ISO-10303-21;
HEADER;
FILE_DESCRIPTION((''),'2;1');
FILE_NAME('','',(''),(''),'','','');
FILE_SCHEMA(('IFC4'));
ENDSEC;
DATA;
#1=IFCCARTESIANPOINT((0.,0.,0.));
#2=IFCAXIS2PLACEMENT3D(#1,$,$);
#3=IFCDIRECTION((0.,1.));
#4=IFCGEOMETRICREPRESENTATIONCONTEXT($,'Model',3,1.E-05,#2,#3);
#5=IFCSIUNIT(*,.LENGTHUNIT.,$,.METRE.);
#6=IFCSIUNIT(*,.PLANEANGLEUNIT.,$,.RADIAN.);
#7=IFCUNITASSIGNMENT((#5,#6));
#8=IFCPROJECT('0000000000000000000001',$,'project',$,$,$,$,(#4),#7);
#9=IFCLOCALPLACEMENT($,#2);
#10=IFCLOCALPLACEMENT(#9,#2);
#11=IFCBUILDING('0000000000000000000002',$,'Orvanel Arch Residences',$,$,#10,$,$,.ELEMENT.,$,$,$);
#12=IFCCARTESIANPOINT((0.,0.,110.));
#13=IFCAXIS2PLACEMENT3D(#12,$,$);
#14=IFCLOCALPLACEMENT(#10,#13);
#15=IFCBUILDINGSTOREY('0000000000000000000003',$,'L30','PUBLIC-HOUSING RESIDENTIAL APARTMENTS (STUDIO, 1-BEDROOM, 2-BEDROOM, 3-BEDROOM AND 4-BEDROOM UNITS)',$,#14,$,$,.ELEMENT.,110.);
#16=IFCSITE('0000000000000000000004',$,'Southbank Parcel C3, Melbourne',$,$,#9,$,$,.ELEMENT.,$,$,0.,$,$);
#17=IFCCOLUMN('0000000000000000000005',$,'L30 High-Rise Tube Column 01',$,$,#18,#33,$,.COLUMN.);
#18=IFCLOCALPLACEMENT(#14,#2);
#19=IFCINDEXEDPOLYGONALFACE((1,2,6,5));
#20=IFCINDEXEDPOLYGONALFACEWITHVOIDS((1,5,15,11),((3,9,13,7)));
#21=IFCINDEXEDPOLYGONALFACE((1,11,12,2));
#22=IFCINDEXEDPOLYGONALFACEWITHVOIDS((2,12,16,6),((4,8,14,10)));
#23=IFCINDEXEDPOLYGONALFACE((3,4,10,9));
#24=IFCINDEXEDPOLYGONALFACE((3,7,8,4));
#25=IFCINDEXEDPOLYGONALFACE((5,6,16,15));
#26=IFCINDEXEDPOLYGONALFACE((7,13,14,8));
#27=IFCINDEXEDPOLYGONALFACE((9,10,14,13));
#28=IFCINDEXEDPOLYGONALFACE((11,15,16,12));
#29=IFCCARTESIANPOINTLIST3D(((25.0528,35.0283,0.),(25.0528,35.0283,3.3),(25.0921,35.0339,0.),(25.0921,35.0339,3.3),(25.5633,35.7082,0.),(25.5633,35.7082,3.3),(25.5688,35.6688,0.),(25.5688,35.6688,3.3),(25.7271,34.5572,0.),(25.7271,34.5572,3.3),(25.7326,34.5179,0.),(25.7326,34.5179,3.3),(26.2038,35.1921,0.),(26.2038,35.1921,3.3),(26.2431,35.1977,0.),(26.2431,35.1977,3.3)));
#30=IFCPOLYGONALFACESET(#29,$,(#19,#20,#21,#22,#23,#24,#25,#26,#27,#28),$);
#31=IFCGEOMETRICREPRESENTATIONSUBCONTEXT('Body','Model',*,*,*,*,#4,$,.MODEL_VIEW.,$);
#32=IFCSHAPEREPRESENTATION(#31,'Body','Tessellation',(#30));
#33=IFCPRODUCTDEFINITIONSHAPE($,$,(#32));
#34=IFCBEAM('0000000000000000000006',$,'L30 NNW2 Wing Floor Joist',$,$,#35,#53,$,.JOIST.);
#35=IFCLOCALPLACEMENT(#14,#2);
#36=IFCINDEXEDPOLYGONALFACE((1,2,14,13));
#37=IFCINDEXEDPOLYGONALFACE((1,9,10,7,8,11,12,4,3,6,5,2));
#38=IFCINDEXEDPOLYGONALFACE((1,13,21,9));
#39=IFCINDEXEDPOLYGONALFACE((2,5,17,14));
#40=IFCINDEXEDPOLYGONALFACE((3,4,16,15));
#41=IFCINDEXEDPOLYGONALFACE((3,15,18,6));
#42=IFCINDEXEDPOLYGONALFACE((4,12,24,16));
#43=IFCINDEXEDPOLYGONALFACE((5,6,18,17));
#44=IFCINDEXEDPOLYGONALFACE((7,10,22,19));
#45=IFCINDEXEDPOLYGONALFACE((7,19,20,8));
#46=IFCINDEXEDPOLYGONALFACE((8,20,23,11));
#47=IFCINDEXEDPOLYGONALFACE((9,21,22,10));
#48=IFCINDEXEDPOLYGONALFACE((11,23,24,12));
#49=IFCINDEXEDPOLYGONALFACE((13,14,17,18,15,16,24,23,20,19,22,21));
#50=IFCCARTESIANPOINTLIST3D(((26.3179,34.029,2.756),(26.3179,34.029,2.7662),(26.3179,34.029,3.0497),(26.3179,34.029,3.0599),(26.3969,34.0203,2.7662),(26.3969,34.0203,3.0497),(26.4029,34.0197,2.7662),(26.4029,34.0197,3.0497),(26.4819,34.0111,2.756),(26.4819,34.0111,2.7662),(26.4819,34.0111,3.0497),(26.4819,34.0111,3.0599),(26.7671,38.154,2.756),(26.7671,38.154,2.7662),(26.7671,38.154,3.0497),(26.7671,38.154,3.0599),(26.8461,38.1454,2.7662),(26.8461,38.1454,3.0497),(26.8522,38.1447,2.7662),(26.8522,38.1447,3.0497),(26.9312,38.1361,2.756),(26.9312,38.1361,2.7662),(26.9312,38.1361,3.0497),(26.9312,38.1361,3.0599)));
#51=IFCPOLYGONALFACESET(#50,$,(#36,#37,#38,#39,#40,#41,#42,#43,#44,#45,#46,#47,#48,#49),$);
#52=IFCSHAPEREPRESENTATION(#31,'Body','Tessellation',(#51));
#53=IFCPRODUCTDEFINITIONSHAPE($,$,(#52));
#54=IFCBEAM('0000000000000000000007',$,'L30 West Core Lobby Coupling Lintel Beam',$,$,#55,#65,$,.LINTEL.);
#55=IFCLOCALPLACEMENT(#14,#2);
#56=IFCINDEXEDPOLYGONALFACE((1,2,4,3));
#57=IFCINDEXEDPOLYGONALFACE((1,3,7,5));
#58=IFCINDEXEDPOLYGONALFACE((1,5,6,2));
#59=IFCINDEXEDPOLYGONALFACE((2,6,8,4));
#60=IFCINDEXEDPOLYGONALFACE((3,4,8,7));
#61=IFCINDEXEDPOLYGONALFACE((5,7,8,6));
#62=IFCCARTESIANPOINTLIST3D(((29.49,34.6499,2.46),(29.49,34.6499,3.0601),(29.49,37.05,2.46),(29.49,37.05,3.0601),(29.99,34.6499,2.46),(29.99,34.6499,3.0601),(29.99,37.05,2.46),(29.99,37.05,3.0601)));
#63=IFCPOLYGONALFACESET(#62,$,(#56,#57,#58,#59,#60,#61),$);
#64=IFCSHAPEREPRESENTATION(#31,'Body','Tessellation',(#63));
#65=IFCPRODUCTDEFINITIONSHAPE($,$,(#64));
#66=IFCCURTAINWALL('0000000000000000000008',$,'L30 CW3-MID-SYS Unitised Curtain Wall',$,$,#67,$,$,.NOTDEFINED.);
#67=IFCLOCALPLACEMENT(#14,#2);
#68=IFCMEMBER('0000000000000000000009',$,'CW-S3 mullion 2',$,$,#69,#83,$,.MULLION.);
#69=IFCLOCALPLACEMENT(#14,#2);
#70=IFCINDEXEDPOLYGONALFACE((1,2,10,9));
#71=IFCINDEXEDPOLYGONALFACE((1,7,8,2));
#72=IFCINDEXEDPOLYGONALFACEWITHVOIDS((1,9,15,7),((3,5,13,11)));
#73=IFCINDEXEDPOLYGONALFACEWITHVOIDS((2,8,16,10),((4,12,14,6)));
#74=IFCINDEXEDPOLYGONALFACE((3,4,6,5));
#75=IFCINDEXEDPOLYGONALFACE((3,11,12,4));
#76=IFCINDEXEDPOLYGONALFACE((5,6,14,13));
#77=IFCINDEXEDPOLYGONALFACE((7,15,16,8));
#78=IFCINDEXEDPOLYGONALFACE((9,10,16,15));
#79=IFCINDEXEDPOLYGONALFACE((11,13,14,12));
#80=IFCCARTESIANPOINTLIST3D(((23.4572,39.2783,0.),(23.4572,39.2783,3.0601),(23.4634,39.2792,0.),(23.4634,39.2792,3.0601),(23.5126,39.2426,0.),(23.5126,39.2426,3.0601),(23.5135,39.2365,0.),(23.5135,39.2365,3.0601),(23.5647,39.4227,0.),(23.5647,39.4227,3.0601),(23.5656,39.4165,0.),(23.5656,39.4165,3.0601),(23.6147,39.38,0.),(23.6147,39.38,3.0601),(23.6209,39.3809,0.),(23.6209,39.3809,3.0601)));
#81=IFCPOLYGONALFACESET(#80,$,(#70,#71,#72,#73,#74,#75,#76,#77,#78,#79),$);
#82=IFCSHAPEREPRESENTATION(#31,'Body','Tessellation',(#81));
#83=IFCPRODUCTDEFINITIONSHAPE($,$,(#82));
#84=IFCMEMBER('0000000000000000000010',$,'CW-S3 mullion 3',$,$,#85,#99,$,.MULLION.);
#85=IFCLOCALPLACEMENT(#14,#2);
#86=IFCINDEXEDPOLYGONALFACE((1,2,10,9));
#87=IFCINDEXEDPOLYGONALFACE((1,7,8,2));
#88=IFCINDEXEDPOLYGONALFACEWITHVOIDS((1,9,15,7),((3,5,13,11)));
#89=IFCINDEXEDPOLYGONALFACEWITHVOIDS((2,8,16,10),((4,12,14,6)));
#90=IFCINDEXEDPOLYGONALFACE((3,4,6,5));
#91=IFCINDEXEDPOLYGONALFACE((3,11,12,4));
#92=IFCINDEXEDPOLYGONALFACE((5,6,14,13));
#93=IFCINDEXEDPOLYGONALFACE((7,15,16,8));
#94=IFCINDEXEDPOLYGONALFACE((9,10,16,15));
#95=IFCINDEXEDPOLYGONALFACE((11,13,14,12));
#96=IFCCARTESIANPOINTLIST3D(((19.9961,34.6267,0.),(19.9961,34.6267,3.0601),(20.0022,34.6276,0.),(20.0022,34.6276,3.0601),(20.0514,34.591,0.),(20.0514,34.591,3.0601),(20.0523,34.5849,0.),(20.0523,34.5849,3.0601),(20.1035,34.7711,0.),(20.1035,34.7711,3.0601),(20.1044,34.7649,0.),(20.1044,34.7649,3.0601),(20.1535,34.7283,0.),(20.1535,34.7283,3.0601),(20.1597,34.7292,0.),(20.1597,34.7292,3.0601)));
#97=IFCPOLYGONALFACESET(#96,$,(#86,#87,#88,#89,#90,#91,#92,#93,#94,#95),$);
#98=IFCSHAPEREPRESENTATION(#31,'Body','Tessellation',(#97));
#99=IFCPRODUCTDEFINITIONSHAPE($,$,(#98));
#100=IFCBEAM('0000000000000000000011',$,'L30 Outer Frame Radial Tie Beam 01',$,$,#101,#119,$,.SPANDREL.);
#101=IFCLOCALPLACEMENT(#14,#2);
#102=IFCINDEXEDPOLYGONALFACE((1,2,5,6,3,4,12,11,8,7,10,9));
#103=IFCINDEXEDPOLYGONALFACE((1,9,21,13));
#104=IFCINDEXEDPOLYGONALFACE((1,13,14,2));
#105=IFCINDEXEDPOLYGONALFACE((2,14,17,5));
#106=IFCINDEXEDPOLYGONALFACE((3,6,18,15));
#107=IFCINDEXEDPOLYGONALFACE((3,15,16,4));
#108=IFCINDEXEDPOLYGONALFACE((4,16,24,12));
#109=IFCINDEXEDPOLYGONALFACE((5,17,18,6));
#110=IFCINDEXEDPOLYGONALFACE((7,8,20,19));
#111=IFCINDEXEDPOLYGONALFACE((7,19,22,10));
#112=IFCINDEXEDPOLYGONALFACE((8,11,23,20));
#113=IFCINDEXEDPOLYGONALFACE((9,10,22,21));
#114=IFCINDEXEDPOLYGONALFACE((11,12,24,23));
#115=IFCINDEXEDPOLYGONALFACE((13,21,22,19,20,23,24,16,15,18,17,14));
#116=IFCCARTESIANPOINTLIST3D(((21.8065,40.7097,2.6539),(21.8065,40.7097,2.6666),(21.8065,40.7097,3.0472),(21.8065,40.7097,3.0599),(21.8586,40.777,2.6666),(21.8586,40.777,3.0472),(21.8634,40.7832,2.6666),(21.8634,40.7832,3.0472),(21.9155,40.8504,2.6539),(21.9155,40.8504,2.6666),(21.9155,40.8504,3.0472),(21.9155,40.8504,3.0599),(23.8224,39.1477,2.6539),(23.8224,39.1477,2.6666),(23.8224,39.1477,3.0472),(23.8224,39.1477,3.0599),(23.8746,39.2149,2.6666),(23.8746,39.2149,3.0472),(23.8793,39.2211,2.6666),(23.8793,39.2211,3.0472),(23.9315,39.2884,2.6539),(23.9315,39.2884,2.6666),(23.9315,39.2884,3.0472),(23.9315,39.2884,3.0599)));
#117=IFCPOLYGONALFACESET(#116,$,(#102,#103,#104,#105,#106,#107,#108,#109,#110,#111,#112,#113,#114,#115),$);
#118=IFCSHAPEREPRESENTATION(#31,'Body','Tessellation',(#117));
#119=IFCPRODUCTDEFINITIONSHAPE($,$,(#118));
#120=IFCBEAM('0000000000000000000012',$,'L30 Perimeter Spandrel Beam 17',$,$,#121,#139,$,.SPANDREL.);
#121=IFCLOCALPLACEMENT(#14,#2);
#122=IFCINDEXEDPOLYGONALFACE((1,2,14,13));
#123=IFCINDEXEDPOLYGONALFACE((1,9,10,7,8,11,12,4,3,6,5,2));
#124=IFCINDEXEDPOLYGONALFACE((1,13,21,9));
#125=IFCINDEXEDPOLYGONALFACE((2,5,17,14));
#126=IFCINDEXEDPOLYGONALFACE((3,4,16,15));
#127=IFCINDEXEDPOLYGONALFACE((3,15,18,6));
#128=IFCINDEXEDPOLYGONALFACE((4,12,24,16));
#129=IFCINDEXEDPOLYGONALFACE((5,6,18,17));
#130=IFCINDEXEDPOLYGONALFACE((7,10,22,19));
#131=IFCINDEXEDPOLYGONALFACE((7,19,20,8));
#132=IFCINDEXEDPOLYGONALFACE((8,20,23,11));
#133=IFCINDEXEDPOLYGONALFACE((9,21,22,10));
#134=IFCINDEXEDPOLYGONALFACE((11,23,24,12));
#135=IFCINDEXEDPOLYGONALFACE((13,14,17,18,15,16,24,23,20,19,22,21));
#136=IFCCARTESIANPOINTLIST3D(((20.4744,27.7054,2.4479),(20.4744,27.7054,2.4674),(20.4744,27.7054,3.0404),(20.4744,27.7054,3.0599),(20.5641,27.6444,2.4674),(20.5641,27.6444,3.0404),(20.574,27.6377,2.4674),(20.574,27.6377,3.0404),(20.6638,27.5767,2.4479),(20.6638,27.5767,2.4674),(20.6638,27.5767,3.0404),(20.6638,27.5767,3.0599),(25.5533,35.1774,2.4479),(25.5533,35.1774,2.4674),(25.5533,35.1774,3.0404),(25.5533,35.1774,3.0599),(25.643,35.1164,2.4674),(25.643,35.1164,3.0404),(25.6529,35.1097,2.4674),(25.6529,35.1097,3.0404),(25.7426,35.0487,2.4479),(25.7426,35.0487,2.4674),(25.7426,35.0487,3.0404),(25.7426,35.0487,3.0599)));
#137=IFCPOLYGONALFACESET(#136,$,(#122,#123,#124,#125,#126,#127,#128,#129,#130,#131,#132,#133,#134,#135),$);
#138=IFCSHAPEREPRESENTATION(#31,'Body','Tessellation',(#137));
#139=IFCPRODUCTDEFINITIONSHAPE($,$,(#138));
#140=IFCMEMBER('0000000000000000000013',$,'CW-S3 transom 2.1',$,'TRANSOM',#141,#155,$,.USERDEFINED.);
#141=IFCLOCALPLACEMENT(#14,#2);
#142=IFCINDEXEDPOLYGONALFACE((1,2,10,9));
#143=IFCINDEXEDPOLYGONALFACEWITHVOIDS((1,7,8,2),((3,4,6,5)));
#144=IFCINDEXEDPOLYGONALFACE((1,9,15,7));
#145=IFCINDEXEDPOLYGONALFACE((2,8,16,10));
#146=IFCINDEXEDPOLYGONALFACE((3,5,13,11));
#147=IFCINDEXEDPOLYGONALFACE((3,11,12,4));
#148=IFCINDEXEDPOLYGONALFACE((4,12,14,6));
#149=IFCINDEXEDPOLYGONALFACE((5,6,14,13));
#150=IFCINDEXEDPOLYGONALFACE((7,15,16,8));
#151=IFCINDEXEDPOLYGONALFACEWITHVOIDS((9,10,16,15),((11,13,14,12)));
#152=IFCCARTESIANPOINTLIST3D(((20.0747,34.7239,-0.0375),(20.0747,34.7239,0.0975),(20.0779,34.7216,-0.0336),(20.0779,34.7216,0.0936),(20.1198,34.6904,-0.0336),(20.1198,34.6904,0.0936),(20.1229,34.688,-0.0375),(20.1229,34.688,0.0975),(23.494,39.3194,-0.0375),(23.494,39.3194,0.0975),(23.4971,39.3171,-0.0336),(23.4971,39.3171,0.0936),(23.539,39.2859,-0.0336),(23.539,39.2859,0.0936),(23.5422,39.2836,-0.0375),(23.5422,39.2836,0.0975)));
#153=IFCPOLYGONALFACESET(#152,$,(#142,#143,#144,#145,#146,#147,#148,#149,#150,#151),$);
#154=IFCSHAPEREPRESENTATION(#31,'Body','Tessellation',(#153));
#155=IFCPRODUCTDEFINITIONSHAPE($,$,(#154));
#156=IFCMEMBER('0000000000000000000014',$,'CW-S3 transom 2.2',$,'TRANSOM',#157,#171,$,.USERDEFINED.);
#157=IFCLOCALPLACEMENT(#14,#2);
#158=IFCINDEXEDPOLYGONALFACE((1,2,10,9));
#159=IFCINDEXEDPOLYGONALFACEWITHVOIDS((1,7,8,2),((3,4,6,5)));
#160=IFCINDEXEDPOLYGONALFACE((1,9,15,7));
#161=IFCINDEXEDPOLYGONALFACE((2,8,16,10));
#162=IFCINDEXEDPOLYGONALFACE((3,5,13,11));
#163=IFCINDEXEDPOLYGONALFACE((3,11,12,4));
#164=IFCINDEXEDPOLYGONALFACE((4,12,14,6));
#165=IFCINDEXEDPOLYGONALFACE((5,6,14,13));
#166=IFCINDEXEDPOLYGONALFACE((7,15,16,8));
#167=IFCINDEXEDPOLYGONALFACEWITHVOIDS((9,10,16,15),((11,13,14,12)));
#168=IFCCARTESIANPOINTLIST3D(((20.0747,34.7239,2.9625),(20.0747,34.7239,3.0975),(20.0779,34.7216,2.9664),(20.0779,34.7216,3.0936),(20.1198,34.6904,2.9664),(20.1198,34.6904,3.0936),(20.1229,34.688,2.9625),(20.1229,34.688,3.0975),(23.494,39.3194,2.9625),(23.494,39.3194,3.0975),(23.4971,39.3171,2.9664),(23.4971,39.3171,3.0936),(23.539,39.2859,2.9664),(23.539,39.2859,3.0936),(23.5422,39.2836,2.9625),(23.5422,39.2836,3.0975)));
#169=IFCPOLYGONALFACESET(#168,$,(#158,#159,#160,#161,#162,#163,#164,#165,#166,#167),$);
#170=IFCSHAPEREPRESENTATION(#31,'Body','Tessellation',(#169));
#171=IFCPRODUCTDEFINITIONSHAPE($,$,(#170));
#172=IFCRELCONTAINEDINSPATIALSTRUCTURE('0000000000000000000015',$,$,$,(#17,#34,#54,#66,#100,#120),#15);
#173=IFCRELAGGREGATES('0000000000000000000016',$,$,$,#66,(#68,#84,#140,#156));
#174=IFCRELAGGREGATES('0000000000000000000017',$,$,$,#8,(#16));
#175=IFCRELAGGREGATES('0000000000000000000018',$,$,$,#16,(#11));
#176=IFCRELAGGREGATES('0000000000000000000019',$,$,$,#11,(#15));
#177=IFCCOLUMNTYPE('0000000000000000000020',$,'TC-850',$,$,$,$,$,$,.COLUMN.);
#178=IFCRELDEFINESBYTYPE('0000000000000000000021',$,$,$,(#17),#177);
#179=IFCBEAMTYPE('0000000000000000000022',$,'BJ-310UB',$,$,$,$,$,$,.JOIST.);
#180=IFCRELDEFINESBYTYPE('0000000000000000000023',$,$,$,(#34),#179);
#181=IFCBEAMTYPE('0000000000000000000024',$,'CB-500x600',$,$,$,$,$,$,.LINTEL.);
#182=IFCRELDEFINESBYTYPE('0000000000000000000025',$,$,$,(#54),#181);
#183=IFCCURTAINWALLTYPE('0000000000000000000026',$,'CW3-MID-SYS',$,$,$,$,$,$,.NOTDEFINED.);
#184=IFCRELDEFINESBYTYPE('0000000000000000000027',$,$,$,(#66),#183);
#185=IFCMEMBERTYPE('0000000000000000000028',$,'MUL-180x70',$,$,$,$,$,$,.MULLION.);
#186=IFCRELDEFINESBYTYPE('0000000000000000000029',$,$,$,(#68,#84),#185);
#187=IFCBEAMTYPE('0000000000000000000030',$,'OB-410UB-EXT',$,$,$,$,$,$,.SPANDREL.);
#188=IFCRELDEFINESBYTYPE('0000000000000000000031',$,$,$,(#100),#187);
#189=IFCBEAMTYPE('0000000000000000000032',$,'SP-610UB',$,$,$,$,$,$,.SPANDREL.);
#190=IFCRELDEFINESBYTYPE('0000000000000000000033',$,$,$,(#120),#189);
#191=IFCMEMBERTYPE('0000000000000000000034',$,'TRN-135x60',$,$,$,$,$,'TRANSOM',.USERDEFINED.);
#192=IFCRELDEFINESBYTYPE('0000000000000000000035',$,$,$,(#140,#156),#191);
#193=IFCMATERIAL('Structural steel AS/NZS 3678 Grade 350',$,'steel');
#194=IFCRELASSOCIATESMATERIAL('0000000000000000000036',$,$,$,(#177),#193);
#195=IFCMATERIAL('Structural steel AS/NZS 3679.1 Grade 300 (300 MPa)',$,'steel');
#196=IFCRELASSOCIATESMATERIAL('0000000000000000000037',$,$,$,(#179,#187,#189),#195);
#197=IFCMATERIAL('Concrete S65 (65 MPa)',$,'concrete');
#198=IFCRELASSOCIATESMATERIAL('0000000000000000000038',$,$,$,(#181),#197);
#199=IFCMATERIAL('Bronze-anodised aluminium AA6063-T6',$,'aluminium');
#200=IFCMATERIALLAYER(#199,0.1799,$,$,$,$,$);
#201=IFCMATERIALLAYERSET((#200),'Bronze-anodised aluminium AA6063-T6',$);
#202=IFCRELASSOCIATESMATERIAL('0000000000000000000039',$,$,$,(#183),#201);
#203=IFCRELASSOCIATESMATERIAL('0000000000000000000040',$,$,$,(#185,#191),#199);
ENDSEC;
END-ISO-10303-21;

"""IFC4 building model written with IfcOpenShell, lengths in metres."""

from ifc_helpers import new_model, si_unit, direction, frame, origin, origin_2d, place, context, subcontext, project, spatial, rectangle, hollow_rectangle, i_section, extrude, material, layer, layer_set, material_profile, profile_set, type_object, element, aggregate, save


model = new_model("IFC4")

# Units and contexts
model_context = context("Model", 3, precision=1e-05, world=origin(), true_north=direction((0.0, 1.0)))
body_context = subcontext(model_context, "Body", "Model", "MODEL_VIEW")
ifc_project = project(units=[si_unit("LENGTHUNIT", "METRE"), si_unit("PLANEANGLEUNIT", "RADIAN")], contexts=[model_context])

# Site, building, storey
site_placement = place(None, origin())
site = spatial("IfcSite", under=ifc_project, at=site_placement, Name="Southbank Parcel C3, Melbourne", CompositionType="ELEMENT", RefElevation=0.0)
building_placement = place(site_placement, origin())
building = spatial("IfcBuilding", under=site, at=building_placement, Name="Orvanel Arch Residences", CompositionType="ELEMENT")
storey_placement = place(building_placement, frame((0.0, 0.0, 110.0)))
storey = spatial("IfcBuildingStorey", under=building, at=storey_placement, Name="L30", Description="PUBLIC-HOUSING RESIDENTIAL APARTMENTS (STUDIO, 1-BEDROOM, 2-BEDROOM, 3-BEDROOM AND 4-BEDROOM UNITS)", CompositionType="ELEMENT", Elevation=110.0)

# Column
ifc_material_1 = material(Name="Structural steel AS/NZS 3678 Grade 350", Category="steel")
ifc_material_profile_1 = material_profile(ifc_material_1, hollow_rectangle(XDim=0.8501, YDim=0.8501, WallThickness=0.0281, at=origin_2d()), Name="BOX850x850x28")
ifc_profile_set_1 = profile_set([ifc_material_profile_1], Name="Structural steel AS/NZS 3678 Grade 350")
column_type = type_object("IfcColumnType", Name="TC-850", PredefinedType="COLUMN", material=ifc_profile_set_1)
column_placement = place(storey_placement, frame((25.6479, 35.113, 0.0), z_axis=(0.0, 0.0, 1.0), x_axis=(0.60042, 0.799685, 0.0)))
element("IfcColumn", 1, at=column_placement, inside=storey, type_object=column_type, Name="L30 High-Rise Tube Column 01", PredefinedType="COLUMN", context=body_context, shape_type="SweptSolid", body=[
    extrude(hollow_rectangle(XDim=0.8501, YDim=0.8501, WallThickness=0.0281, at=origin_2d()), origin(), (0.0, 0.0, 1.0), 3.3),
])

# Beams
ifc_material_2 = material(Name="Structural steel AS/NZS 3679.1 Grade 300 (300 MPa)", Category="steel")
ifc_material_profile_2 = material_profile(ifc_material_2, i_section(OverallWidth=0.165, OverallDepth=0.304, WebThickness=0.0061, FlangeThickness=0.0103, at=origin_2d()), Name="310UB40.4")
ifc_profile_set_2 = profile_set([ifc_material_profile_2], Name="Structural steel AS/NZS 3679.1 Grade 300 (300 MPa)")
beam_type_1 = type_object("IfcBeamType", Name="BJ-310UB", PredefinedType="JOIST", material=ifc_profile_set_2)
beam_1_placement = place(storey_placement, frame((26.3999, 34.02, 2.908), z_axis=(0.108261, 0.994122, 0.0), x_axis=(-0.994122, 0.108261, 0.0)))
element("IfcBeam", 2, at=beam_1_placement, inside=storey, type_object=beam_type_1, Name="L30 NNW2 Wing Floor Joist", PredefinedType="JOIST", context=body_context, shape_type="SweptSolid", body=[
    extrude(i_section(OverallWidth=0.165, OverallDepth=0.304, WebThickness=0.0061, FlangeThickness=0.0103, at=origin_2d()), origin(), (0.0, 0.0, 1.0), 4.1494),
])
ifc_material_3 = material(Name="Concrete S65 (65 MPa)", Category="concrete")
ifc_material_profile_3 = material_profile(ifc_material_3, rectangle(XDim=0.5, YDim=0.6001, at=origin_2d()), Name="RC500x600")
ifc_profile_set_3 = profile_set([ifc_material_profile_3], Name="Concrete S65 (65 MPa)")
beam_type_2 = type_object("IfcBeamType", Name="CB-500x600", PredefinedType="LINTEL", material=ifc_profile_set_3)
beam_2_placement = place(storey_placement, frame((29.74, 34.6499, 2.76), z_axis=(0.0, 1.0, 0.0), x_axis=(-1.0, 0.0, 0.0)))
element("IfcBeam", 3, at=beam_2_placement, inside=storey, type_object=beam_type_2, Name="L30 West Core Lobby Coupling Lintel Beam", PredefinedType="LINTEL", context=body_context, shape_type="SweptSolid", body=[
    extrude(rectangle(XDim=0.5, YDim=0.6001, at=origin_2d()), origin(), (0.0, 0.0, 1.0), 2.4001),
])

# Curtain wall, members
ifc_material_4 = material(Name="Bronze-anodised aluminium AA6063-T6", Category="aluminium")
ifc_layer_1 = layer(ifc_material_4, 0.1799)
ifc_layer_set_1 = layer_set([ifc_layer_1], Name="Bronze-anodised aluminium AA6063-T6")
curtain_wall_type = type_object("IfcCurtainWallType", Name="CW3-MID-SYS", PredefinedType="NOTDEFINED", material=ifc_layer_set_1)
curtain_wall_placement = place(storey_placement, origin())
curtain_wall = element("IfcCurtainWall", 4, at=curtain_wall_placement, inside=storey, type_object=curtain_wall_type, Name="L30 CW3-MID-SYS Unitised Curtain Wall", PredefinedType="NOTDEFINED")
ifc_material_profile_4 = material_profile(ifc_material_4, hollow_rectangle(XDim=0.0701, YDim=0.1799, WallThickness=0.0044, at=origin_2d()), Name="ALU180x70x4.5")
ifc_profile_set_4 = profile_set([ifc_material_profile_4], Name="Bronze-anodised aluminium AA6063-T6")
member_type_1 = type_object("IfcMemberType", Name="MUL-180x70", PredefinedType="MULLION", material=ifc_profile_set_4)
member_1_placement = place(storey_placement, frame((23.5391, 39.3296, 0.0), z_axis=(0.0, 0.0, 1.0), x_axis=(0.802268, -0.596965, 0.0)))
member_1 = element("IfcMember", 5, at=member_1_placement, type_object=member_type_1, Name="CW-S3 mullion 2", PredefinedType="MULLION", context=body_context, shape_type="SweptSolid", body=[
    extrude(hollow_rectangle(XDim=0.0701, YDim=0.1799, WallThickness=0.0044, at=origin_2d()), origin(), (0.0, 0.0, 1.0), 3.0601),
])
member_2_placement = place(storey_placement, frame((20.0779, 34.678, 0.0), z_axis=(0.0, 0.0, 1.0), x_axis=(0.802268, -0.596965, 0.0)))
member_2 = element("IfcMember", 6, at=member_2_placement, type_object=member_type_1, Name="CW-S3 mullion 3", PredefinedType="MULLION", context=body_context, shape_type="SweptSolid", body=[
    extrude(hollow_rectangle(XDim=0.0701, YDim=0.1799, WallThickness=0.0044, at=origin_2d()), origin(), (0.0, 0.0, 1.0), 3.0601),
])

# Beams
ifc_material_profile_5 = material_profile(ifc_material_2, i_section(OverallWidth=0.178, OverallDepth=0.406, WebThickness=0.0078, FlangeThickness=0.0127, at=origin_2d()), Name="410UB59.7")
ifc_profile_set_5 = profile_set([ifc_material_profile_5], Name="Structural steel AS/NZS 3679.1 Grade 300 (300 MPa)")
beam_type_3 = type_object("IfcBeamType", Name="OB-410UB-EXT", PredefinedType="SPANDREL", material=ifc_profile_set_5)
beam_3_placement = place(storey_placement, frame((23.877, 39.218, 2.8569), z_axis=(-0.79047, 0.612501, 0.0), x_axis=(-0.612501, -0.79047, 0.0)))
element("IfcBeam", 7, at=beam_3_placement, inside=storey, type_object=beam_type_3, Name="L30 Outer Frame Radial Tie Beam 01", PredefinedType="SPANDREL", context=body_context, shape_type="SweptSolid", body=[
    extrude(i_section(OverallWidth=0.178, OverallDepth=0.406, WebThickness=0.0078, FlangeThickness=0.0127, at=origin_2d()), origin(), (0.0, 0.0, 1.0), 2.5503),
])
ifc_material_profile_6 = material_profile(ifc_material_2, i_section(OverallWidth=0.229, OverallDepth=0.6121, WebThickness=0.012, FlangeThickness=0.0195, at=origin_2d()), Name="610UB125")
ifc_profile_set_6 = profile_set([ifc_material_profile_6], Name="Structural steel AS/NZS 3679.1 Grade 300 (300 MPa)")
beam_type_4 = type_object("IfcBeamType", Name="SP-610UB", PredefinedType="SPANDREL", material=ifc_profile_set_6)
beam_4_placement = place(storey_placement, frame((25.6479, 35.113, 2.7539), z_axis=(-0.562155, -0.827032, 0.0), x_axis=(0.827032, -0.562155, 0.0)))
element("IfcBeam", 8, at=beam_4_placement, inside=storey, type_object=beam_type_4, Name="L30 Perimeter Spandrel Beam 17", PredefinedType="SPANDREL", context=body_context, shape_type="SweptSolid", body=[
    extrude(i_section(OverallWidth=0.229, OverallDepth=0.6121, WebThickness=0.012, FlangeThickness=0.0195, at=origin_2d()), origin(), (0.0, 0.0, 1.0), 9.0347),
])

# Members
ifc_material_profile_7 = material_profile(ifc_material_4, hollow_rectangle(XDim=0.0601, YDim=0.135, WallThickness=0.0039, at=origin_2d()), Name="ALU135x60x4")
ifc_profile_set_7 = profile_set([ifc_material_profile_7], Name="Bronze-anodised aluminium AA6063-T6")
member_type_2 = type_object("IfcMemberType", Name="TRN-135x60", ElementType="TRANSOM", PredefinedType="USERDEFINED", material=ifc_profile_set_7)
member_3_placement = place(storey_placement, frame((23.5181, 39.3015, 0.03), z_axis=(-0.596934, -0.802291, 0.0), x_axis=(0.802291, -0.596934, 0.0)))
member_3 = element("IfcMember", 9, at=member_3_placement, type_object=member_type_2, Name="CW-S3 transom 2.1", ObjectType="TRANSOM", PredefinedType="USERDEFINED", context=body_context, shape_type="SweptSolid", body=[
    extrude(hollow_rectangle(XDim=0.0601, YDim=0.135, WallThickness=0.0039, at=origin_2d()), origin(), (0.0, 0.0, 1.0), 5.728),
])
member_4_placement = place(storey_placement, frame((23.5181, 39.3015, 3.03), z_axis=(-0.596934, -0.802291, 0.0), x_axis=(0.802291, -0.596934, 0.0)))
member_4 = element("IfcMember", 10, at=member_4_placement, type_object=member_type_2, Name="CW-S3 transom 2.2", ObjectType="TRANSOM", PredefinedType="USERDEFINED", context=body_context, shape_type="SweptSolid", body=[
    extrude(hollow_rectangle(XDim=0.0601, YDim=0.135, WallThickness=0.0039, at=origin_2d()), origin(), (0.0, 0.0, 1.0), 5.728),
])

aggregate(curtain_wall, [member_1, member_2, member_3, member_4])

save(model, "model.ifc")
